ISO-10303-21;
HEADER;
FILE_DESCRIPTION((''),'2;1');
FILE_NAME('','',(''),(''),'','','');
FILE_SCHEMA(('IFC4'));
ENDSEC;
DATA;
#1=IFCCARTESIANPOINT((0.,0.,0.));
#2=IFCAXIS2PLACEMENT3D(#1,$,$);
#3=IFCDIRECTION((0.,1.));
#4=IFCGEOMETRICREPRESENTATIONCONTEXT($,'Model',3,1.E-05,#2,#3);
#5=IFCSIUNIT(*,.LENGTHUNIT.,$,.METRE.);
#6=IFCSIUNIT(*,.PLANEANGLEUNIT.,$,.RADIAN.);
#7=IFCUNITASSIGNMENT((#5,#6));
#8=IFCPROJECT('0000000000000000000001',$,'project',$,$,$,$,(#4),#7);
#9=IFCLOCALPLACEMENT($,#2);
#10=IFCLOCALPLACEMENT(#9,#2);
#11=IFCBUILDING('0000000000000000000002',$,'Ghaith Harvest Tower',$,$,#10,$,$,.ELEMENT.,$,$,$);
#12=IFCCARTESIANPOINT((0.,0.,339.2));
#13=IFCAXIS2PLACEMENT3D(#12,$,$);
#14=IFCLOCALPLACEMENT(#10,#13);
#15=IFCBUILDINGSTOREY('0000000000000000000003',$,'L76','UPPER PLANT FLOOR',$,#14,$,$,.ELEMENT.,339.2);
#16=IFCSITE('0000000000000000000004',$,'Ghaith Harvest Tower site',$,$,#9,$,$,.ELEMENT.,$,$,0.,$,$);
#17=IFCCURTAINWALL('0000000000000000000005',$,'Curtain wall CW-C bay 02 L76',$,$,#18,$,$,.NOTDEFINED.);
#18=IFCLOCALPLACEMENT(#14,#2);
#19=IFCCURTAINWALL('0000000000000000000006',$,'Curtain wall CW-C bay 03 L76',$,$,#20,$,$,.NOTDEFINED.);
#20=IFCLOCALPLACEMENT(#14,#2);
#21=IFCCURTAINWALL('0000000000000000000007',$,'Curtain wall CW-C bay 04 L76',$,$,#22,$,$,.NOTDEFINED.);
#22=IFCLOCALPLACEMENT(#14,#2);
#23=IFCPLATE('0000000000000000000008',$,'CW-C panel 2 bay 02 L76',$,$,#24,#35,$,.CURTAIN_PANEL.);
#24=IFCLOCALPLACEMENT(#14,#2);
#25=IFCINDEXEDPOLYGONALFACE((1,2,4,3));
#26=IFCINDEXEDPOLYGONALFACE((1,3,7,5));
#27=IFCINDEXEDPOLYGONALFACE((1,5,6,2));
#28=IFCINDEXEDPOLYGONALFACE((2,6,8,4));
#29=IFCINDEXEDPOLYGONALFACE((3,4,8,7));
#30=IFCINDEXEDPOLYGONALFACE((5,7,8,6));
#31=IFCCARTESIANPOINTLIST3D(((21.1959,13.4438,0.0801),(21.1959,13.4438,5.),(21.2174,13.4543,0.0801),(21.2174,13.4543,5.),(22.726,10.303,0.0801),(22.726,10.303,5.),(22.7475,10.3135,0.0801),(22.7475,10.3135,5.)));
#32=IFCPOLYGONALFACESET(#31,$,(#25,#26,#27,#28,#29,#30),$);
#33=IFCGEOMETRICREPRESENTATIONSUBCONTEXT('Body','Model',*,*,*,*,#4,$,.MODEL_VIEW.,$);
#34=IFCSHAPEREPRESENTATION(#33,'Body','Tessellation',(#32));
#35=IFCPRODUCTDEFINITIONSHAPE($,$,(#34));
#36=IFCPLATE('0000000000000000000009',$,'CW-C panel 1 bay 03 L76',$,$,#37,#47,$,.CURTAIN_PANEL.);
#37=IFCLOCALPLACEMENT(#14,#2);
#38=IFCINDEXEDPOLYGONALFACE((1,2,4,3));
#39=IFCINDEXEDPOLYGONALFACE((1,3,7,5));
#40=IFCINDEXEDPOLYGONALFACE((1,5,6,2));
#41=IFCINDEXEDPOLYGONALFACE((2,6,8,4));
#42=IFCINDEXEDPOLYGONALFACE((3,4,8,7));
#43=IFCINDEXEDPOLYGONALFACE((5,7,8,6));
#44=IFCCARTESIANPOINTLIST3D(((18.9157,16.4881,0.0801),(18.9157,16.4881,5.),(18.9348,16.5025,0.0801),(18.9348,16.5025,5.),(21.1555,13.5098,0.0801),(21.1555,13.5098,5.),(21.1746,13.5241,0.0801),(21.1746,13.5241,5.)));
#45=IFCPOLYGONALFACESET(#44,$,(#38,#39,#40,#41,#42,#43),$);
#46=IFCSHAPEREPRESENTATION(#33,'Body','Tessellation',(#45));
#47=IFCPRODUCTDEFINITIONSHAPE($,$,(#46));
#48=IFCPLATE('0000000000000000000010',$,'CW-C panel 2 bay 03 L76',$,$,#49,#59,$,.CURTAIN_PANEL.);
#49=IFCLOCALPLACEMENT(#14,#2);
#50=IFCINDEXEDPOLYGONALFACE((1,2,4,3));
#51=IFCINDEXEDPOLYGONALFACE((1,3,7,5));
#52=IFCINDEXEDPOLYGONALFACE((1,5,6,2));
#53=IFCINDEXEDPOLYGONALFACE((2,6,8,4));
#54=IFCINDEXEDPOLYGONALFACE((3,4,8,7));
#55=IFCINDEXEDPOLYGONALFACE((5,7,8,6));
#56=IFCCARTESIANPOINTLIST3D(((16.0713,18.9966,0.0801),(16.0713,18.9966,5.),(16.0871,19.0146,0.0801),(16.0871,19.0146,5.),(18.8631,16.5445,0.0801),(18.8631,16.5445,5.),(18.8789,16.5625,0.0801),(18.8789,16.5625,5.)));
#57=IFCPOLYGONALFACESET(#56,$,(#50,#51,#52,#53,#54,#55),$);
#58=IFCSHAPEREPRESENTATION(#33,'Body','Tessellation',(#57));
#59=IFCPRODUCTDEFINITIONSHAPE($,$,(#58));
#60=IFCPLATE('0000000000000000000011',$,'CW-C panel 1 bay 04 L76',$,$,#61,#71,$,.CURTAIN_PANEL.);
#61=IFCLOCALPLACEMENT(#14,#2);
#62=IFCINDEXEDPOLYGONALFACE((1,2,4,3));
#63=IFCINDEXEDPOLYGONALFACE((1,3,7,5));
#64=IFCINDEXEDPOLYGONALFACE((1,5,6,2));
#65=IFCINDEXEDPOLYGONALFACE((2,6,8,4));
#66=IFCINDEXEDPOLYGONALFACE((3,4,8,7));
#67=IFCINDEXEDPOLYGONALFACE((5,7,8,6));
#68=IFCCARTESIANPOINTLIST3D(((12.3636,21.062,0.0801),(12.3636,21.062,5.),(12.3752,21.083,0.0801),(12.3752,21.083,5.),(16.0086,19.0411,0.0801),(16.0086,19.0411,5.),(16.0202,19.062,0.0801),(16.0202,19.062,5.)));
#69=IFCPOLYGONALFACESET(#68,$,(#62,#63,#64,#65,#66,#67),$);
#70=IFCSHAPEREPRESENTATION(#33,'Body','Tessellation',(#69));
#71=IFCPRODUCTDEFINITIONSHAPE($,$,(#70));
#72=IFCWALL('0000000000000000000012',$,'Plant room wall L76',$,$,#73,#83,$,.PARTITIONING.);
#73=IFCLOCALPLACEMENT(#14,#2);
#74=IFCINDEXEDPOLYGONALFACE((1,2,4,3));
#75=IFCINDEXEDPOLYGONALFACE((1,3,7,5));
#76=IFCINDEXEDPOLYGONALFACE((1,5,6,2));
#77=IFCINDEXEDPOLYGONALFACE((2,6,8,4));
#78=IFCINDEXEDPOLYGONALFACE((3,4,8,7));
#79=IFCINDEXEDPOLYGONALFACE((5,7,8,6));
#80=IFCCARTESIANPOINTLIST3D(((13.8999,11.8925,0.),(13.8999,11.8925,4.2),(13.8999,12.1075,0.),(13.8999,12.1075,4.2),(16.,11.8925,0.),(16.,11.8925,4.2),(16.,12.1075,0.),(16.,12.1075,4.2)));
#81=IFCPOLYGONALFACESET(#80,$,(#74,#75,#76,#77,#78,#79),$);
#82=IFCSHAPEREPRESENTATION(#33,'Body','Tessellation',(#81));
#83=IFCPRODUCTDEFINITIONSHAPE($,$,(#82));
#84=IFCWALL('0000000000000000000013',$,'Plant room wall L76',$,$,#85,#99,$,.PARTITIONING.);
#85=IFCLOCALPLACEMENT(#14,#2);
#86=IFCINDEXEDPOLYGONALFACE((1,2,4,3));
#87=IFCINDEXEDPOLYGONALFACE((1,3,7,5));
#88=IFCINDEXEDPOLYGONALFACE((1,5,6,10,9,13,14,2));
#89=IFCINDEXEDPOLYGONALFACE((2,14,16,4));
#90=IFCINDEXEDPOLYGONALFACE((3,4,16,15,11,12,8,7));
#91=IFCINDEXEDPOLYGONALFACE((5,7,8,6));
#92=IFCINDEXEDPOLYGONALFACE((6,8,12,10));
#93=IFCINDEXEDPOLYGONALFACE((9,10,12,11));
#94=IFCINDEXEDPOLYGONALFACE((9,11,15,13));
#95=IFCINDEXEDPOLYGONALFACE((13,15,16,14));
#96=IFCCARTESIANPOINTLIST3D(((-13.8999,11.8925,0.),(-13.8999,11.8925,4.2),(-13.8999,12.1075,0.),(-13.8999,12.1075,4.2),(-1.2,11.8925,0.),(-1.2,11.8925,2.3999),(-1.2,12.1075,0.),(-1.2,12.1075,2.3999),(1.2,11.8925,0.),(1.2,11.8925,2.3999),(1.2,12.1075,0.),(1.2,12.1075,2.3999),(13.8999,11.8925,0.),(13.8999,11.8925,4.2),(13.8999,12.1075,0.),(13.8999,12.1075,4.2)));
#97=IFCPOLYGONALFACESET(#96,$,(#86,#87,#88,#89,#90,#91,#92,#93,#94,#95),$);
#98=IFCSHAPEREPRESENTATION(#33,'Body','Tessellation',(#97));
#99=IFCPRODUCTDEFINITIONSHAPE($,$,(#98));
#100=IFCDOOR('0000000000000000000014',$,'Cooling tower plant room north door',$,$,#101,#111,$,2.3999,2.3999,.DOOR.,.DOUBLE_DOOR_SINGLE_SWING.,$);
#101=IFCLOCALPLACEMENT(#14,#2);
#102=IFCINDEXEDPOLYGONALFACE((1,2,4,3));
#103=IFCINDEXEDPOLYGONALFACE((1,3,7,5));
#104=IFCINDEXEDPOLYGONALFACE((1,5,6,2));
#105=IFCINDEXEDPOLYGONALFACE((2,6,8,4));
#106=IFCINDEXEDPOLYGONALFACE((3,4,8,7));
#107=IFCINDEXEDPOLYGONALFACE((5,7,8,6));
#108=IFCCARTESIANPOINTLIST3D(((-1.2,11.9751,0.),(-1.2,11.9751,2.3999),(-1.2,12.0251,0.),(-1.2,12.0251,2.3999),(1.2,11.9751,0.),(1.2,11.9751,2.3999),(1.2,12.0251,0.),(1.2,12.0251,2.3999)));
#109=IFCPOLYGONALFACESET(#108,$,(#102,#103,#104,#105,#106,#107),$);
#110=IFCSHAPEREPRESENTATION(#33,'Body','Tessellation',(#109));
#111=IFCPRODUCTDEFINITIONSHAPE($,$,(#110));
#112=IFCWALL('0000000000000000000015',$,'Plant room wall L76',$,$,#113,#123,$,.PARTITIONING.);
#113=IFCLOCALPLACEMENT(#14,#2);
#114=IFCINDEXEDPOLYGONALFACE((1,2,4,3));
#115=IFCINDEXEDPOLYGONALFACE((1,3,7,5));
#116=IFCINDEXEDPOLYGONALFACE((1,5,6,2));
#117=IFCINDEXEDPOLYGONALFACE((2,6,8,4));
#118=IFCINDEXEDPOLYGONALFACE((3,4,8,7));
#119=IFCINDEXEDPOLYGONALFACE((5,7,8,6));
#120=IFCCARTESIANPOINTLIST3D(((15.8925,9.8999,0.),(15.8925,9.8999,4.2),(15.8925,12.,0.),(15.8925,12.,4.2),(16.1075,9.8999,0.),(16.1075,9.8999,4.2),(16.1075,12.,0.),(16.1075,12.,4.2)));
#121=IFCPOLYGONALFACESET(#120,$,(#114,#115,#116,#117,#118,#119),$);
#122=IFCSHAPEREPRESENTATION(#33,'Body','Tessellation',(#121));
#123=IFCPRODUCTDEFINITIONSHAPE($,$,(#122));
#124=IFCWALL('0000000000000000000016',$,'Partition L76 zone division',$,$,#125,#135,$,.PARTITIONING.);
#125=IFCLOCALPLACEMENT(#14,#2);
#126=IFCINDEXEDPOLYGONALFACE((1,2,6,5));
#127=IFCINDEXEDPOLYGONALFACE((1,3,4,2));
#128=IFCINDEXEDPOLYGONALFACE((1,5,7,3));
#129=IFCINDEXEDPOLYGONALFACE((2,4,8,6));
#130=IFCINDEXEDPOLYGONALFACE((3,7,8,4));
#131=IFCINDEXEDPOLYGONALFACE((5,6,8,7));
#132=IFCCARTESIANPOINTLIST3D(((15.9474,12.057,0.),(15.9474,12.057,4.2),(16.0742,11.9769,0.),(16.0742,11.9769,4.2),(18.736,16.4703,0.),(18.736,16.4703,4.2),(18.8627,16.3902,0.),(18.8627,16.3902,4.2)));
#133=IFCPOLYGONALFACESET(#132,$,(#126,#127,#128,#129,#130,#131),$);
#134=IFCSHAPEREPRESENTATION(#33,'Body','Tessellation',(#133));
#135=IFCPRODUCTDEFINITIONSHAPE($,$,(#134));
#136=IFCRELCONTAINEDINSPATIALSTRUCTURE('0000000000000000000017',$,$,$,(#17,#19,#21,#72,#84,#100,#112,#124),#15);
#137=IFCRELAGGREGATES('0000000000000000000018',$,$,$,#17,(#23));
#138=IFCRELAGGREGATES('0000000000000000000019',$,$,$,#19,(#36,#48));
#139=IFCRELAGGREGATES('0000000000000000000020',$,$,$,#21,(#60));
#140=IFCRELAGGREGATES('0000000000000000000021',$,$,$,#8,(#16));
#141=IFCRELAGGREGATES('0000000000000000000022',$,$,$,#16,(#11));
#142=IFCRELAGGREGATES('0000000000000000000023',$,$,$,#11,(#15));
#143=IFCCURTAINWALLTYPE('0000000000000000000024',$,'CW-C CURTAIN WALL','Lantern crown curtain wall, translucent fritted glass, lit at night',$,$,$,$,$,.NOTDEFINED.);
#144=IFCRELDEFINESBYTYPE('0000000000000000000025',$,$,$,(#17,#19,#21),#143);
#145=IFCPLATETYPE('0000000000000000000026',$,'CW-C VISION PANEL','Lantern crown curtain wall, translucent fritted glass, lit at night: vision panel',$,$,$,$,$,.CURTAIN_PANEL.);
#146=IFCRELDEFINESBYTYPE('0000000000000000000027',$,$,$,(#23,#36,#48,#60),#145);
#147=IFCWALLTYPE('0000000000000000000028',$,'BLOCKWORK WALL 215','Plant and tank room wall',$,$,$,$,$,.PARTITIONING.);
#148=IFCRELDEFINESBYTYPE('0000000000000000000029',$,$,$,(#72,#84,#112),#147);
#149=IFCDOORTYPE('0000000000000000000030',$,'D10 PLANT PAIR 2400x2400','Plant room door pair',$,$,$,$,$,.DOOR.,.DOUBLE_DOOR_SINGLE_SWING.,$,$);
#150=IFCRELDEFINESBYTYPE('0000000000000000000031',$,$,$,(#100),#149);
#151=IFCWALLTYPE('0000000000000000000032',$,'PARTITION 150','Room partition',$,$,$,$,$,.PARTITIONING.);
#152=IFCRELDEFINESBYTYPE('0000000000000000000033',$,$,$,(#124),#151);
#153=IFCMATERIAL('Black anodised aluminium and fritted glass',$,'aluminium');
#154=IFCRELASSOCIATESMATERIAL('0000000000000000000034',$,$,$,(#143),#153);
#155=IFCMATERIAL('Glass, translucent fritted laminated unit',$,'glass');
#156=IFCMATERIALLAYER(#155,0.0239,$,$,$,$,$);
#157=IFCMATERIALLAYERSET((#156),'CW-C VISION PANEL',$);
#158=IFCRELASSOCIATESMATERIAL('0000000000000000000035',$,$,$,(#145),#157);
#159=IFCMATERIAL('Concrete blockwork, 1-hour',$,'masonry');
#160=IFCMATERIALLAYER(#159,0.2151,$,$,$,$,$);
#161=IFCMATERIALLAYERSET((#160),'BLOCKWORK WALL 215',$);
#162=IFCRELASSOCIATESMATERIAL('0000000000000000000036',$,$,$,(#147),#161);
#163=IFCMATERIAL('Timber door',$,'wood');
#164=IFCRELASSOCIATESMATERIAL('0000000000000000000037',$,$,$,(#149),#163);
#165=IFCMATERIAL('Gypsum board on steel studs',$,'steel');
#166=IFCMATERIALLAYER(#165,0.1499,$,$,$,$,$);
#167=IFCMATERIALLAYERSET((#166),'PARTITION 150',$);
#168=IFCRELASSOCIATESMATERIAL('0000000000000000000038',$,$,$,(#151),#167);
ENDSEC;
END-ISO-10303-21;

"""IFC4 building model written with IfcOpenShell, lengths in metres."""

from ifc_helpers import new_model, si_unit, direction, frame, frame_2d, origin, origin_2d, place, context, subcontext, project, spatial, rectangle, extrude, material, layer, layer_set, type_object, element, fill, aggregate, save


model = new_model("IFC4")

# Units and contexts
model_context = context("Model", 3, precision=1e-05, world=origin(), true_north=direction((0.0, 1.0)))
body_context = subcontext(model_context, "Body", "Model", "MODEL_VIEW")
ifc_project = project(units=[si_unit("LENGTHUNIT", "METRE"), si_unit("PLANEANGLEUNIT", "RADIAN")], contexts=[model_context])

# Site, building, storey
site_placement = place(None, origin())
site = spatial("IfcSite", under=ifc_project, at=site_placement, Name="Ghaith Harvest Tower site", CompositionType="ELEMENT", RefElevation=0.0)
building_placement = place(site_placement, origin())
building = spatial("IfcBuilding", under=site, at=building_placement, Name="Ghaith Harvest Tower", CompositionType="ELEMENT")
storey_placement = place(building_placement, frame((0.0, 0.0, 339.2)))
storey = spatial("IfcBuildingStorey", under=building, at=storey_placement, Name="L76", Description="UPPER PLANT FLOOR", CompositionType="ELEMENT", Elevation=339.2)

# Curtain wall
ifc_material_1 = material(Name="Black anodised aluminium and fritted glass", Category="aluminium")
curtain_wall_type = type_object("IfcCurtainWallType", Name="CW-C CURTAIN WALL", Description="Lantern crown curtain wall, translucent fritted glass, lit at night", PredefinedType="NOTDEFINED", material=ifc_material_1)
curtain_wall_1_placement = place(storey_placement, origin())
curtain_wall_1 = element("IfcCurtainWall", 1, at=curtain_wall_1_placement, inside=storey, type_object=curtain_wall_type, Name="Curtain wall CW-C bay 02 L76", PredefinedType="NOTDEFINED")

# Curtain wall
curtain_wall_2_placement = place(storey_placement, origin())
curtain_wall_2 = element("IfcCurtainWall", 2, at=curtain_wall_2_placement, inside=storey, type_object=curtain_wall_type, Name="Curtain wall CW-C bay 03 L76", PredefinedType="NOTDEFINED")

# Curtain wall
curtain_wall_3_placement = place(storey_placement, origin())
curtain_wall_3 = element("IfcCurtainWall", 3, at=curtain_wall_3_placement, inside=storey, type_object=curtain_wall_type, Name="Curtain wall CW-C bay 04 L76", PredefinedType="NOTDEFINED")

# Plates
ifc_material_2 = material(Name="Glass, translucent fritted laminated unit", Category="glass")
ifc_layer_1 = layer(ifc_material_2, 0.0239)
ifc_layer_set_1 = layer_set([ifc_layer_1], Name="CW-C VISION PANEL")
plate_type = type_object("IfcPlateType", Name="CW-C VISION PANEL", Description="Lantern crown curtain wall, translucent fritted glass, lit at night: vision panel", PredefinedType="CURTAIN_PANEL", material=ifc_layer_set_1)
plate_1_placement = place(storey_placement, frame((21.9717, 11.8787, 0.0801), z_axis=(0.0, 0.0, 1.0), x_axis=(-0.437968, 0.89899, 0.0)))
plate_1 = element("IfcPlate", 4, at=plate_1_placement, type_object=plate_type, Name="CW-C panel 2 bay 02 L76", PredefinedType="CURTAIN_PANEL", context=body_context, shape_type="SweptSolid", body=[
    extrude(rectangle(XDim=3.4937, YDim=0.0239, at=origin_2d()), origin(), (0.0, 0.0, 1.0), 4.9199),
])
aggregate(curtain_wall_1, [plate_1])
plate_2_placement = place(storey_placement, frame((20.0452, 15.0061, 0.0801), z_axis=(0.0, 0.0, 1.0), x_axis=(-0.601048, 0.799213, 0.0)))
plate_2 = element("IfcPlate", 5, at=plate_2_placement, type_object=plate_type, Name="CW-C panel 1 bay 03 L76", PredefinedType="CURTAIN_PANEL", context=body_context, shape_type="SweptSolid", body=[
    extrude(rectangle(XDim=3.7266, YDim=0.0239, at=origin_2d()), origin(), (0.0, 0.0, 1.0), 4.9199),
])
plate_3_placement = place(storey_placement, frame((17.4751, 17.7795, 0.0801), z_axis=(0.0, 0.0, 1.0), x_axis=(-0.751335, 0.659922, 0.0)))
plate_3 = element("IfcPlate", 6, at=plate_3_placement, type_object=plate_type, Name="CW-C panel 2 bay 03 L76", PredefinedType="CURTAIN_PANEL", context=body_context, shape_type="SweptSolid", body=[
    extrude(rectangle(XDim=3.7158, YDim=0.0239, at=origin_2d()), origin(), (0.0, 0.0, 1.0), 4.9199),
])
aggregate(curtain_wall_2, [plate_2, plate_3])
plate_4_placement = place(storey_placement, frame((14.1919, 20.062, 0.0801), z_axis=(0.0, 0.0, 1.0), x_axis=(-0.874564, 0.48491, 0.0)))
plate_4 = element("IfcPlate", 7, at=plate_4_placement, type_object=plate_type, Name="CW-C panel 1 bay 04 L76", PredefinedType="CURTAIN_PANEL", context=body_context, shape_type="SweptSolid", body=[
    extrude(rectangle(XDim=4.1677, YDim=0.0239, at=origin_2d()), origin(), (0.0, 0.0, 1.0), 4.9199),
])
aggregate(curtain_wall_3, [plate_4])

# Wall
ifc_material_3 = material(Name="Concrete blockwork, 1-hour", Category="masonry")
ifc_layer_2 = layer(ifc_material_3, 0.2151)
ifc_layer_set_2 = layer_set([ifc_layer_2], Name="BLOCKWORK WALL 215")
wall_type_1 = type_object("IfcWallType", Name="BLOCKWORK WALL 215", Description="Plant and tank room wall", PredefinedType="PARTITIONING", material=ifc_layer_set_2)
wall_1_placement = place(storey_placement, frame((16.0, 12.0, 0.0), z_axis=(0.0, 0.0, 1.0), x_axis=(-1.0, 0.0, 0.0)))
element("IfcWall", 8, at=wall_1_placement, inside=storey, type_object=wall_type_1, Name="Plant room wall L76", PredefinedType="PARTITIONING", context=body_context, shape_type="SweptSolid", body=[
    extrude(rectangle(XDim=2.1001, YDim=0.2151, at=frame_2d((1.05, 0.0))), origin(), (0.0, 0.0, 1.0), 4.2),
])

# Wall, opening, door
wall_2_placement = place(storey_placement, frame((13.8999, 12.0, 0.0), z_axis=(0.0, 0.0, 1.0), x_axis=(-1.0, 0.0, 0.0)))
wall_2 = element("IfcWall", 9, at=wall_2_placement, inside=storey, type_object=wall_type_1, Name="Plant room wall L76", PredefinedType="PARTITIONING", context=body_context, shape_type="SweptSolid", body=[
    extrude(rectangle(XDim=27.7998, YDim=0.2151, at=frame_2d((13.8999, 0.0))), origin(), (0.0, 0.0, 1.0), 4.2),
])
opening_1_placement = place(wall_2_placement, frame((12.7, 0.0, 0.0)))
opening_1 = element("IfcOpeningElement", 10, at=opening_1_placement, cuts=wall_2, PredefinedType="OPENING", context=body_context, shape_type="SweptSolid", body=[
    extrude(rectangle(XDim=2.3999, YDim=2.3999, at=frame_2d((1.2, 1.2))), frame((0.0, 0.1177, 0.0), z_axis=(0.0, -1.0, 0.0), x_axis=(1.0, 0.0, 0.0)), (0.0, 0.0, 1.0), 0.2351),
])
ifc_material_4 = material(Name="Timber door", Category="wood")
door_type_1 = type_object("IfcDoorType", Name="D10 PLANT PAIR 2400x2400", Description="Plant room door pair", OperationType="DOUBLE_DOOR_SINGLE_SWING", PredefinedType="DOOR", material=ifc_material_4)
door_1_placement = place(opening_1_placement, origin())
door_1 = element("IfcDoor", 11, at=door_1_placement, inside=storey, type_object=door_type_1, Name="Cooling tower plant room north door", OperationType="DOUBLE_DOOR_SINGLE_SWING", OverallHeight=2.3999, OverallWidth=2.3999, PredefinedType="DOOR", context=body_context, shape_type="SweptSolid", body=[
    extrude(rectangle(XDim=2.3999, YDim=2.3999, at=frame_2d((1.2, 1.2))), frame((0.0, 0.0249, 0.0), z_axis=(0.0, -1.0, 0.0), x_axis=(1.0, 0.0, 0.0)), (0.0, 0.0, 1.0), 0.05),
])
fill(opening_1, door_1)

# Wall
wall_3_placement = place(storey_placement, frame((16.0, 9.8999, 0.0), z_axis=(0.0, 0.0, 1.0), x_axis=(0.0, 1.0, 0.0)))
element("IfcWall", 12, at=wall_3_placement, inside=storey, type_object=wall_type_1, Name="Plant room wall L76", PredefinedType="PARTITIONING", context=body_context, shape_type="SweptSolid", body=[
    extrude(rectangle(XDim=2.1001, YDim=0.2151, at=frame_2d((1.05, 0.0))), origin(), (0.0, 0.0, 1.0), 4.2),
])

# Wall
ifc_material_5 = material(Name="Gypsum board on steel studs", Category="steel")
ifc_layer_3 = layer(ifc_material_5, 0.1499)
ifc_layer_set_3 = layer_set([ifc_layer_3], Name="PARTITION 150")
wall_type_2 = type_object("IfcWallType", Name="PARTITION 150", Description="Room partition", PredefinedType="PARTITIONING", material=ifc_layer_set_3)
wall_4_placement = place(storey_placement, frame((16.0107, 12.0168, 0.0), z_axis=(0.0, 0.0, 1.0), x_axis=(0.534158, 0.845384, 0.0)))
element("IfcWall", 13, at=wall_4_placement, inside=storey, type_object=wall_type_2, Name="Partition L76 zone division", PredefinedType="PARTITIONING", context=body_context, shape_type="SweptSolid", body=[
    extrude(rectangle(XDim=5.2205, YDim=0.1499, at=frame_2d((2.6104, 0.0))), origin(), (0.0, 0.0, 1.0), 4.2),
])

save(model, "model.ifc")
